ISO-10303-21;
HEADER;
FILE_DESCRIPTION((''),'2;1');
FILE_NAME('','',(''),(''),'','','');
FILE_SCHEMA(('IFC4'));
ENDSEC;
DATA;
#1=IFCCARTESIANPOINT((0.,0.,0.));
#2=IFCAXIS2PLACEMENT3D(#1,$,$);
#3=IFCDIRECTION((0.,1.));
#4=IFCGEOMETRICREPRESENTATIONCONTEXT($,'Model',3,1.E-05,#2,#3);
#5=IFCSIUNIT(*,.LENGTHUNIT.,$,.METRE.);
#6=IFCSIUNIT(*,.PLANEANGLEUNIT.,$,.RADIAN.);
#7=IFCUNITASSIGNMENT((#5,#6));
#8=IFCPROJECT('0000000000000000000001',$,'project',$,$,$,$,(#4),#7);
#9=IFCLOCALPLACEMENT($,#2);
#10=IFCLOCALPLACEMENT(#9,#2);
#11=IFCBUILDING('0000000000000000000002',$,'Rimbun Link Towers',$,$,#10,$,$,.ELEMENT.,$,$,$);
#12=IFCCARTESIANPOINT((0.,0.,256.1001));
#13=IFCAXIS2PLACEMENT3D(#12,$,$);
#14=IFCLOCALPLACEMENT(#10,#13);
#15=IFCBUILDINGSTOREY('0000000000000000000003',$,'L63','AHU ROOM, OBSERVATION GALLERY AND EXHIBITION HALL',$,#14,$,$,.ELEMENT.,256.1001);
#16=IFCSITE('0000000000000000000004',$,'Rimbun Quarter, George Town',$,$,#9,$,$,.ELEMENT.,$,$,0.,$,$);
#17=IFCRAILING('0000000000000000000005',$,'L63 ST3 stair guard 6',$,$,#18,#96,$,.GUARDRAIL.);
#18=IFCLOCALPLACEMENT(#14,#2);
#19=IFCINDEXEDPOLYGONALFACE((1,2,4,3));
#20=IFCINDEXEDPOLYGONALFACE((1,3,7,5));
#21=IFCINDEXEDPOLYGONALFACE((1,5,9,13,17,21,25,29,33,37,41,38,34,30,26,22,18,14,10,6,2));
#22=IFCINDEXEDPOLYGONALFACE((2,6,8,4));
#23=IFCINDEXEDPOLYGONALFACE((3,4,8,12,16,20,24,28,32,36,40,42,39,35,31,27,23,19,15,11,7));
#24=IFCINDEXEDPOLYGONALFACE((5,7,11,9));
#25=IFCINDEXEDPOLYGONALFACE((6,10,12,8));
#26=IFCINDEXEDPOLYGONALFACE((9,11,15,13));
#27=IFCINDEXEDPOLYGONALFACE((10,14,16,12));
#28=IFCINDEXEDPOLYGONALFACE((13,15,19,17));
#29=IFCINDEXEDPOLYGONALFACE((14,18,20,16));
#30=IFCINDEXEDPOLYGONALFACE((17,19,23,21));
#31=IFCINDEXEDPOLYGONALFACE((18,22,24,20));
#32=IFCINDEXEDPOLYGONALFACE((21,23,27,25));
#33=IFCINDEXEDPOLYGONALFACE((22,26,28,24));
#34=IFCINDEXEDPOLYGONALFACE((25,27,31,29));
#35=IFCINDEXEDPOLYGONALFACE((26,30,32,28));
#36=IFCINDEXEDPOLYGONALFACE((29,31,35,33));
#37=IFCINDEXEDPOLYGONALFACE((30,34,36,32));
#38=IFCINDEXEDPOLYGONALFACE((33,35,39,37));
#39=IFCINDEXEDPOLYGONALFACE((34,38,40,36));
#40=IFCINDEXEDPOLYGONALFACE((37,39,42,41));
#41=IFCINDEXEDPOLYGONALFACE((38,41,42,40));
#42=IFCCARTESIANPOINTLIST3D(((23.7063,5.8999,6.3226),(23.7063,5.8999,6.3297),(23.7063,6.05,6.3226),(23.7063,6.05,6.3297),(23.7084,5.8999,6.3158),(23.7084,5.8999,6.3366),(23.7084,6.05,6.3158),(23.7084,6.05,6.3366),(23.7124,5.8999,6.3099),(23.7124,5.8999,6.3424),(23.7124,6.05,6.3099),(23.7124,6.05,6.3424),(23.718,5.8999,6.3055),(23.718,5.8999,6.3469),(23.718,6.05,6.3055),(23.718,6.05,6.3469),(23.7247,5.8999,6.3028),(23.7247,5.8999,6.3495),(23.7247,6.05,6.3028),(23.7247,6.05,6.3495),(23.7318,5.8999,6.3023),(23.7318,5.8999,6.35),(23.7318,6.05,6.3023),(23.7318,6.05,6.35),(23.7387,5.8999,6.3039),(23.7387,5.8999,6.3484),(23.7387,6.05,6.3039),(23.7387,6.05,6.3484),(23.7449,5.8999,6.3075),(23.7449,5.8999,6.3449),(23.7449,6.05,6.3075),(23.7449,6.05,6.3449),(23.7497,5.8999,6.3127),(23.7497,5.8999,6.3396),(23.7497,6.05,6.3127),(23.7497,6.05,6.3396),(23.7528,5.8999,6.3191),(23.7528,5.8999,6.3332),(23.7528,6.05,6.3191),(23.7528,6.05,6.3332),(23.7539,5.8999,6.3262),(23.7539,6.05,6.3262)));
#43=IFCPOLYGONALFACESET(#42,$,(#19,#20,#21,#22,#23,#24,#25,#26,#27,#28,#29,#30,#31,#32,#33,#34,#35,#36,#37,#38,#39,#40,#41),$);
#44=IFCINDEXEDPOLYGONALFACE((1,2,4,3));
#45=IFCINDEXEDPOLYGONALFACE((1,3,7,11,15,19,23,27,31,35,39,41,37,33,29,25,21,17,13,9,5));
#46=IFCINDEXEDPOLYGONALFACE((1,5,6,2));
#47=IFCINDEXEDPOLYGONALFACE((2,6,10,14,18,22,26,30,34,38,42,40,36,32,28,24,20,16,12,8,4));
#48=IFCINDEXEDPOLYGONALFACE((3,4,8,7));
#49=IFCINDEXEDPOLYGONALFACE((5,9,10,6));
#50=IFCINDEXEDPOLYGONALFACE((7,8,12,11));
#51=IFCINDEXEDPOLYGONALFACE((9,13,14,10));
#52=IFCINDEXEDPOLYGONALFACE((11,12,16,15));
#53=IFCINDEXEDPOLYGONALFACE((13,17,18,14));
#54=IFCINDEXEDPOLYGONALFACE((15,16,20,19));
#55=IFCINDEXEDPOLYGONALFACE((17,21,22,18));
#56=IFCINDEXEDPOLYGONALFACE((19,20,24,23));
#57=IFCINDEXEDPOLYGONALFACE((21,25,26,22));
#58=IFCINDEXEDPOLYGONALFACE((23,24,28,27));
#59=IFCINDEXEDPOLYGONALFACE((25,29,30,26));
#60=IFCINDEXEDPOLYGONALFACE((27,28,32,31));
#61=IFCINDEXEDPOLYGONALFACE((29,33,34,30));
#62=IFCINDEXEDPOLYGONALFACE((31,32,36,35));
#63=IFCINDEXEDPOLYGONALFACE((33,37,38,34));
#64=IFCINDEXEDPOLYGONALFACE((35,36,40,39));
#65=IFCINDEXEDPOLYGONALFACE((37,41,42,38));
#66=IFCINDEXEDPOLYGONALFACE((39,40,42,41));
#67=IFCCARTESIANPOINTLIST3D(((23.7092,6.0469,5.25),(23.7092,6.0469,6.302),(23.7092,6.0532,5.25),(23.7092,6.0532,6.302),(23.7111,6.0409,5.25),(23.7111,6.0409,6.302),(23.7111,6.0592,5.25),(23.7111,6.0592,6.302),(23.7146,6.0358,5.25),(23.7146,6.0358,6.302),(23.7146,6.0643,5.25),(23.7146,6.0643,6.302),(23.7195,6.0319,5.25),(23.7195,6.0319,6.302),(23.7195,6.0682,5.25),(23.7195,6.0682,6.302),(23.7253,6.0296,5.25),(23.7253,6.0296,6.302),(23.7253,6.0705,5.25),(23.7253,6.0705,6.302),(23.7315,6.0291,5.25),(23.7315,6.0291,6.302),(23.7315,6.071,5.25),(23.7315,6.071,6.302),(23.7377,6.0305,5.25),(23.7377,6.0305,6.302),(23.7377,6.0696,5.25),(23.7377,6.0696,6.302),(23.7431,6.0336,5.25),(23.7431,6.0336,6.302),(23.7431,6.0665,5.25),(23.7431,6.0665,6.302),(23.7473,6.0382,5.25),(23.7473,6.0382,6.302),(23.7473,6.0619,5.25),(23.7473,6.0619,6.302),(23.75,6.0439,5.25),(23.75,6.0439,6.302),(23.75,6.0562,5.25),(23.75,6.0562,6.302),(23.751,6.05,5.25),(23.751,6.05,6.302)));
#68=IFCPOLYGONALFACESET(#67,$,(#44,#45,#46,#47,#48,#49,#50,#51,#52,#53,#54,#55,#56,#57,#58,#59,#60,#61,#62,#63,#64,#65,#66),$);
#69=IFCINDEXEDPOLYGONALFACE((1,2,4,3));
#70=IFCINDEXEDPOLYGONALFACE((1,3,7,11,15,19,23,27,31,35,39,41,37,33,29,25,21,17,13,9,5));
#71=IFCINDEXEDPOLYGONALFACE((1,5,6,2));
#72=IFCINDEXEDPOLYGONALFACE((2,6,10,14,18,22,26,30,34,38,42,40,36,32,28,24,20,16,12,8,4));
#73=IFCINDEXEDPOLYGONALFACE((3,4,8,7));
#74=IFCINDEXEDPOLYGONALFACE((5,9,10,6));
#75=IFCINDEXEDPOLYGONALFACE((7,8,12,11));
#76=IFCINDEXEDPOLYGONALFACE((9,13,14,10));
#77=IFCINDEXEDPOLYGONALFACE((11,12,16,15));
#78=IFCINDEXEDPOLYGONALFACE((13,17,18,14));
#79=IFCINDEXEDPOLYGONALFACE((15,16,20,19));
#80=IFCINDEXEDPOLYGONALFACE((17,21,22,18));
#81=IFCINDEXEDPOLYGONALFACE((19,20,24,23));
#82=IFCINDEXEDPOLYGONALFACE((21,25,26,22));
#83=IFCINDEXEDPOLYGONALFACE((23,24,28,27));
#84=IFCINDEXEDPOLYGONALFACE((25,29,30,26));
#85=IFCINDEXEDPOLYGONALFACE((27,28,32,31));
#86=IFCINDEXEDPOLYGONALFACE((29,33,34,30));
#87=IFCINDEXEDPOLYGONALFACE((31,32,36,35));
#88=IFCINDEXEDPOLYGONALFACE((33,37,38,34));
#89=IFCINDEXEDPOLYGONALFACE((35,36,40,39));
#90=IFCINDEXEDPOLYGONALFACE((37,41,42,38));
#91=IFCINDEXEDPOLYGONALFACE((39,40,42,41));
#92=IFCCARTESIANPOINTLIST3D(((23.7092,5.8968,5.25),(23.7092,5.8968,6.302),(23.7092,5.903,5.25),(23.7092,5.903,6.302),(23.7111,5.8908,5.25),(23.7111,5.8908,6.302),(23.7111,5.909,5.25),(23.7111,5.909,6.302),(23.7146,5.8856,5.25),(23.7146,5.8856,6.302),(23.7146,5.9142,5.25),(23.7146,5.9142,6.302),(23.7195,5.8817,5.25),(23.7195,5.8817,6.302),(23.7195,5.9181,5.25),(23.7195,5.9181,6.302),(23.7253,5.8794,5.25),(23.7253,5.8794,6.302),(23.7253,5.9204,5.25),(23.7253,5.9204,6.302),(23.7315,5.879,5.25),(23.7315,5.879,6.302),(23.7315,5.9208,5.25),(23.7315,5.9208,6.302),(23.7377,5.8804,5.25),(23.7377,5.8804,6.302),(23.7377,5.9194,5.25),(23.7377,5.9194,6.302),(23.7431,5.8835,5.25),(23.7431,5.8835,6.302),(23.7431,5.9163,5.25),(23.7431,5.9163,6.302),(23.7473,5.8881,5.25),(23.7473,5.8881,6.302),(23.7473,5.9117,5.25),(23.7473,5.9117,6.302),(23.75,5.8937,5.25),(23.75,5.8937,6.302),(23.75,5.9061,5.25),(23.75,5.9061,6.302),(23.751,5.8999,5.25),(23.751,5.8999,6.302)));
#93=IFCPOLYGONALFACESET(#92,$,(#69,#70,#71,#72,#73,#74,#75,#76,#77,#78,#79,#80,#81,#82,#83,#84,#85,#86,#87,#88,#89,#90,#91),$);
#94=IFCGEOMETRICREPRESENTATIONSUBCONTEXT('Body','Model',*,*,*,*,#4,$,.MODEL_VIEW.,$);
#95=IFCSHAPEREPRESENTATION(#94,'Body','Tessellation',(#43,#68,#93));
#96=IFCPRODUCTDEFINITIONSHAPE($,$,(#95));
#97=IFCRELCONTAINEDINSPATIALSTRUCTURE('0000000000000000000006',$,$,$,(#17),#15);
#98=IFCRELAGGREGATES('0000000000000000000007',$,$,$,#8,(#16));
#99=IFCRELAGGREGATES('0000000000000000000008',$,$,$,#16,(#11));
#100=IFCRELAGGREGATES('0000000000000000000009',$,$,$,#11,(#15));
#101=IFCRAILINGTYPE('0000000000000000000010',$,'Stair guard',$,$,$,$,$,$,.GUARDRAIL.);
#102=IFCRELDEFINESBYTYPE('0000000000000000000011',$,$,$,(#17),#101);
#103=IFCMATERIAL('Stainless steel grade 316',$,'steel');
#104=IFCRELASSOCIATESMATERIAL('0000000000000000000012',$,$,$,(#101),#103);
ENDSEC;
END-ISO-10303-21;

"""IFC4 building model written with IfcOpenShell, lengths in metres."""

from ifc_helpers import new_model, si_unit, direction, frame, origin, origin_2d, place, context, subcontext, project, spatial, circle, extrude, material, type_object, element, save


model = new_model("IFC4")

# Units and contexts
model_context = context("Model", 3, precision=1e-05, world=origin(), true_north=direction((0.0, 1.0)))
body_context = subcontext(model_context, "Body", "Model", "MODEL_VIEW")
ifc_project = project(units=[si_unit("LENGTHUNIT", "METRE"), si_unit("PLANEANGLEUNIT", "RADIAN")], contexts=[model_context])

# Site, building, storey
site_placement = place(None, origin())
site = spatial("IfcSite", under=ifc_project, at=site_placement, Name="Rimbun Quarter, George Town", CompositionType="ELEMENT", RefElevation=0.0)
building_placement = place(site_placement, origin())
building = spatial("IfcBuilding", under=site, at=building_placement, Name="Rimbun Link Towers", CompositionType="ELEMENT")
storey_placement = place(building_placement, frame((0.0, 0.0, 256.1001)))
storey = spatial("IfcBuildingStorey", under=building, at=storey_placement, Name="L63", Description="AHU ROOM, OBSERVATION GALLERY AND EXHIBITION HALL", CompositionType="ELEMENT", Elevation=256.1001)

# Railing
ifc_material_1 = material(Name="Stainless steel grade 316", Category="steel")
railing_type_1 = type_object("IfcRailingType", Name="Stair guard", PredefinedType="GUARDRAIL", material=ifc_material_1)
railing_1_placement = place(storey_placement, frame((23.73, 6.05, 5.25)))
element("IfcRailing", 1, at=railing_1_placement, inside=storey, type_object=railing_type_1, Name="L63 ST3 stair guard 6", PredefinedType="GUARDRAIL", context=body_context, shape_type="SweptSolid", body=[
    extrude(circle(Radius=0.0239, at=origin_2d()), frame((0.0, 0.0, 1.0762), z_axis=(0.0, -1.0, 0.0), x_axis=(1.0, 0.0, 0.0)), (0.0, 0.0, 1.0), 0.1501),
    extrude(circle(Radius=0.021, at=origin_2d()), origin(), (0.0, 0.0, 1.0), 1.052),
    extrude(circle(Radius=0.021, at=origin_2d()), frame((0.0, -0.1501, 0.0)), (0.0, 0.0, 1.0), 1.052),
])

save(model, "model.ifc")
